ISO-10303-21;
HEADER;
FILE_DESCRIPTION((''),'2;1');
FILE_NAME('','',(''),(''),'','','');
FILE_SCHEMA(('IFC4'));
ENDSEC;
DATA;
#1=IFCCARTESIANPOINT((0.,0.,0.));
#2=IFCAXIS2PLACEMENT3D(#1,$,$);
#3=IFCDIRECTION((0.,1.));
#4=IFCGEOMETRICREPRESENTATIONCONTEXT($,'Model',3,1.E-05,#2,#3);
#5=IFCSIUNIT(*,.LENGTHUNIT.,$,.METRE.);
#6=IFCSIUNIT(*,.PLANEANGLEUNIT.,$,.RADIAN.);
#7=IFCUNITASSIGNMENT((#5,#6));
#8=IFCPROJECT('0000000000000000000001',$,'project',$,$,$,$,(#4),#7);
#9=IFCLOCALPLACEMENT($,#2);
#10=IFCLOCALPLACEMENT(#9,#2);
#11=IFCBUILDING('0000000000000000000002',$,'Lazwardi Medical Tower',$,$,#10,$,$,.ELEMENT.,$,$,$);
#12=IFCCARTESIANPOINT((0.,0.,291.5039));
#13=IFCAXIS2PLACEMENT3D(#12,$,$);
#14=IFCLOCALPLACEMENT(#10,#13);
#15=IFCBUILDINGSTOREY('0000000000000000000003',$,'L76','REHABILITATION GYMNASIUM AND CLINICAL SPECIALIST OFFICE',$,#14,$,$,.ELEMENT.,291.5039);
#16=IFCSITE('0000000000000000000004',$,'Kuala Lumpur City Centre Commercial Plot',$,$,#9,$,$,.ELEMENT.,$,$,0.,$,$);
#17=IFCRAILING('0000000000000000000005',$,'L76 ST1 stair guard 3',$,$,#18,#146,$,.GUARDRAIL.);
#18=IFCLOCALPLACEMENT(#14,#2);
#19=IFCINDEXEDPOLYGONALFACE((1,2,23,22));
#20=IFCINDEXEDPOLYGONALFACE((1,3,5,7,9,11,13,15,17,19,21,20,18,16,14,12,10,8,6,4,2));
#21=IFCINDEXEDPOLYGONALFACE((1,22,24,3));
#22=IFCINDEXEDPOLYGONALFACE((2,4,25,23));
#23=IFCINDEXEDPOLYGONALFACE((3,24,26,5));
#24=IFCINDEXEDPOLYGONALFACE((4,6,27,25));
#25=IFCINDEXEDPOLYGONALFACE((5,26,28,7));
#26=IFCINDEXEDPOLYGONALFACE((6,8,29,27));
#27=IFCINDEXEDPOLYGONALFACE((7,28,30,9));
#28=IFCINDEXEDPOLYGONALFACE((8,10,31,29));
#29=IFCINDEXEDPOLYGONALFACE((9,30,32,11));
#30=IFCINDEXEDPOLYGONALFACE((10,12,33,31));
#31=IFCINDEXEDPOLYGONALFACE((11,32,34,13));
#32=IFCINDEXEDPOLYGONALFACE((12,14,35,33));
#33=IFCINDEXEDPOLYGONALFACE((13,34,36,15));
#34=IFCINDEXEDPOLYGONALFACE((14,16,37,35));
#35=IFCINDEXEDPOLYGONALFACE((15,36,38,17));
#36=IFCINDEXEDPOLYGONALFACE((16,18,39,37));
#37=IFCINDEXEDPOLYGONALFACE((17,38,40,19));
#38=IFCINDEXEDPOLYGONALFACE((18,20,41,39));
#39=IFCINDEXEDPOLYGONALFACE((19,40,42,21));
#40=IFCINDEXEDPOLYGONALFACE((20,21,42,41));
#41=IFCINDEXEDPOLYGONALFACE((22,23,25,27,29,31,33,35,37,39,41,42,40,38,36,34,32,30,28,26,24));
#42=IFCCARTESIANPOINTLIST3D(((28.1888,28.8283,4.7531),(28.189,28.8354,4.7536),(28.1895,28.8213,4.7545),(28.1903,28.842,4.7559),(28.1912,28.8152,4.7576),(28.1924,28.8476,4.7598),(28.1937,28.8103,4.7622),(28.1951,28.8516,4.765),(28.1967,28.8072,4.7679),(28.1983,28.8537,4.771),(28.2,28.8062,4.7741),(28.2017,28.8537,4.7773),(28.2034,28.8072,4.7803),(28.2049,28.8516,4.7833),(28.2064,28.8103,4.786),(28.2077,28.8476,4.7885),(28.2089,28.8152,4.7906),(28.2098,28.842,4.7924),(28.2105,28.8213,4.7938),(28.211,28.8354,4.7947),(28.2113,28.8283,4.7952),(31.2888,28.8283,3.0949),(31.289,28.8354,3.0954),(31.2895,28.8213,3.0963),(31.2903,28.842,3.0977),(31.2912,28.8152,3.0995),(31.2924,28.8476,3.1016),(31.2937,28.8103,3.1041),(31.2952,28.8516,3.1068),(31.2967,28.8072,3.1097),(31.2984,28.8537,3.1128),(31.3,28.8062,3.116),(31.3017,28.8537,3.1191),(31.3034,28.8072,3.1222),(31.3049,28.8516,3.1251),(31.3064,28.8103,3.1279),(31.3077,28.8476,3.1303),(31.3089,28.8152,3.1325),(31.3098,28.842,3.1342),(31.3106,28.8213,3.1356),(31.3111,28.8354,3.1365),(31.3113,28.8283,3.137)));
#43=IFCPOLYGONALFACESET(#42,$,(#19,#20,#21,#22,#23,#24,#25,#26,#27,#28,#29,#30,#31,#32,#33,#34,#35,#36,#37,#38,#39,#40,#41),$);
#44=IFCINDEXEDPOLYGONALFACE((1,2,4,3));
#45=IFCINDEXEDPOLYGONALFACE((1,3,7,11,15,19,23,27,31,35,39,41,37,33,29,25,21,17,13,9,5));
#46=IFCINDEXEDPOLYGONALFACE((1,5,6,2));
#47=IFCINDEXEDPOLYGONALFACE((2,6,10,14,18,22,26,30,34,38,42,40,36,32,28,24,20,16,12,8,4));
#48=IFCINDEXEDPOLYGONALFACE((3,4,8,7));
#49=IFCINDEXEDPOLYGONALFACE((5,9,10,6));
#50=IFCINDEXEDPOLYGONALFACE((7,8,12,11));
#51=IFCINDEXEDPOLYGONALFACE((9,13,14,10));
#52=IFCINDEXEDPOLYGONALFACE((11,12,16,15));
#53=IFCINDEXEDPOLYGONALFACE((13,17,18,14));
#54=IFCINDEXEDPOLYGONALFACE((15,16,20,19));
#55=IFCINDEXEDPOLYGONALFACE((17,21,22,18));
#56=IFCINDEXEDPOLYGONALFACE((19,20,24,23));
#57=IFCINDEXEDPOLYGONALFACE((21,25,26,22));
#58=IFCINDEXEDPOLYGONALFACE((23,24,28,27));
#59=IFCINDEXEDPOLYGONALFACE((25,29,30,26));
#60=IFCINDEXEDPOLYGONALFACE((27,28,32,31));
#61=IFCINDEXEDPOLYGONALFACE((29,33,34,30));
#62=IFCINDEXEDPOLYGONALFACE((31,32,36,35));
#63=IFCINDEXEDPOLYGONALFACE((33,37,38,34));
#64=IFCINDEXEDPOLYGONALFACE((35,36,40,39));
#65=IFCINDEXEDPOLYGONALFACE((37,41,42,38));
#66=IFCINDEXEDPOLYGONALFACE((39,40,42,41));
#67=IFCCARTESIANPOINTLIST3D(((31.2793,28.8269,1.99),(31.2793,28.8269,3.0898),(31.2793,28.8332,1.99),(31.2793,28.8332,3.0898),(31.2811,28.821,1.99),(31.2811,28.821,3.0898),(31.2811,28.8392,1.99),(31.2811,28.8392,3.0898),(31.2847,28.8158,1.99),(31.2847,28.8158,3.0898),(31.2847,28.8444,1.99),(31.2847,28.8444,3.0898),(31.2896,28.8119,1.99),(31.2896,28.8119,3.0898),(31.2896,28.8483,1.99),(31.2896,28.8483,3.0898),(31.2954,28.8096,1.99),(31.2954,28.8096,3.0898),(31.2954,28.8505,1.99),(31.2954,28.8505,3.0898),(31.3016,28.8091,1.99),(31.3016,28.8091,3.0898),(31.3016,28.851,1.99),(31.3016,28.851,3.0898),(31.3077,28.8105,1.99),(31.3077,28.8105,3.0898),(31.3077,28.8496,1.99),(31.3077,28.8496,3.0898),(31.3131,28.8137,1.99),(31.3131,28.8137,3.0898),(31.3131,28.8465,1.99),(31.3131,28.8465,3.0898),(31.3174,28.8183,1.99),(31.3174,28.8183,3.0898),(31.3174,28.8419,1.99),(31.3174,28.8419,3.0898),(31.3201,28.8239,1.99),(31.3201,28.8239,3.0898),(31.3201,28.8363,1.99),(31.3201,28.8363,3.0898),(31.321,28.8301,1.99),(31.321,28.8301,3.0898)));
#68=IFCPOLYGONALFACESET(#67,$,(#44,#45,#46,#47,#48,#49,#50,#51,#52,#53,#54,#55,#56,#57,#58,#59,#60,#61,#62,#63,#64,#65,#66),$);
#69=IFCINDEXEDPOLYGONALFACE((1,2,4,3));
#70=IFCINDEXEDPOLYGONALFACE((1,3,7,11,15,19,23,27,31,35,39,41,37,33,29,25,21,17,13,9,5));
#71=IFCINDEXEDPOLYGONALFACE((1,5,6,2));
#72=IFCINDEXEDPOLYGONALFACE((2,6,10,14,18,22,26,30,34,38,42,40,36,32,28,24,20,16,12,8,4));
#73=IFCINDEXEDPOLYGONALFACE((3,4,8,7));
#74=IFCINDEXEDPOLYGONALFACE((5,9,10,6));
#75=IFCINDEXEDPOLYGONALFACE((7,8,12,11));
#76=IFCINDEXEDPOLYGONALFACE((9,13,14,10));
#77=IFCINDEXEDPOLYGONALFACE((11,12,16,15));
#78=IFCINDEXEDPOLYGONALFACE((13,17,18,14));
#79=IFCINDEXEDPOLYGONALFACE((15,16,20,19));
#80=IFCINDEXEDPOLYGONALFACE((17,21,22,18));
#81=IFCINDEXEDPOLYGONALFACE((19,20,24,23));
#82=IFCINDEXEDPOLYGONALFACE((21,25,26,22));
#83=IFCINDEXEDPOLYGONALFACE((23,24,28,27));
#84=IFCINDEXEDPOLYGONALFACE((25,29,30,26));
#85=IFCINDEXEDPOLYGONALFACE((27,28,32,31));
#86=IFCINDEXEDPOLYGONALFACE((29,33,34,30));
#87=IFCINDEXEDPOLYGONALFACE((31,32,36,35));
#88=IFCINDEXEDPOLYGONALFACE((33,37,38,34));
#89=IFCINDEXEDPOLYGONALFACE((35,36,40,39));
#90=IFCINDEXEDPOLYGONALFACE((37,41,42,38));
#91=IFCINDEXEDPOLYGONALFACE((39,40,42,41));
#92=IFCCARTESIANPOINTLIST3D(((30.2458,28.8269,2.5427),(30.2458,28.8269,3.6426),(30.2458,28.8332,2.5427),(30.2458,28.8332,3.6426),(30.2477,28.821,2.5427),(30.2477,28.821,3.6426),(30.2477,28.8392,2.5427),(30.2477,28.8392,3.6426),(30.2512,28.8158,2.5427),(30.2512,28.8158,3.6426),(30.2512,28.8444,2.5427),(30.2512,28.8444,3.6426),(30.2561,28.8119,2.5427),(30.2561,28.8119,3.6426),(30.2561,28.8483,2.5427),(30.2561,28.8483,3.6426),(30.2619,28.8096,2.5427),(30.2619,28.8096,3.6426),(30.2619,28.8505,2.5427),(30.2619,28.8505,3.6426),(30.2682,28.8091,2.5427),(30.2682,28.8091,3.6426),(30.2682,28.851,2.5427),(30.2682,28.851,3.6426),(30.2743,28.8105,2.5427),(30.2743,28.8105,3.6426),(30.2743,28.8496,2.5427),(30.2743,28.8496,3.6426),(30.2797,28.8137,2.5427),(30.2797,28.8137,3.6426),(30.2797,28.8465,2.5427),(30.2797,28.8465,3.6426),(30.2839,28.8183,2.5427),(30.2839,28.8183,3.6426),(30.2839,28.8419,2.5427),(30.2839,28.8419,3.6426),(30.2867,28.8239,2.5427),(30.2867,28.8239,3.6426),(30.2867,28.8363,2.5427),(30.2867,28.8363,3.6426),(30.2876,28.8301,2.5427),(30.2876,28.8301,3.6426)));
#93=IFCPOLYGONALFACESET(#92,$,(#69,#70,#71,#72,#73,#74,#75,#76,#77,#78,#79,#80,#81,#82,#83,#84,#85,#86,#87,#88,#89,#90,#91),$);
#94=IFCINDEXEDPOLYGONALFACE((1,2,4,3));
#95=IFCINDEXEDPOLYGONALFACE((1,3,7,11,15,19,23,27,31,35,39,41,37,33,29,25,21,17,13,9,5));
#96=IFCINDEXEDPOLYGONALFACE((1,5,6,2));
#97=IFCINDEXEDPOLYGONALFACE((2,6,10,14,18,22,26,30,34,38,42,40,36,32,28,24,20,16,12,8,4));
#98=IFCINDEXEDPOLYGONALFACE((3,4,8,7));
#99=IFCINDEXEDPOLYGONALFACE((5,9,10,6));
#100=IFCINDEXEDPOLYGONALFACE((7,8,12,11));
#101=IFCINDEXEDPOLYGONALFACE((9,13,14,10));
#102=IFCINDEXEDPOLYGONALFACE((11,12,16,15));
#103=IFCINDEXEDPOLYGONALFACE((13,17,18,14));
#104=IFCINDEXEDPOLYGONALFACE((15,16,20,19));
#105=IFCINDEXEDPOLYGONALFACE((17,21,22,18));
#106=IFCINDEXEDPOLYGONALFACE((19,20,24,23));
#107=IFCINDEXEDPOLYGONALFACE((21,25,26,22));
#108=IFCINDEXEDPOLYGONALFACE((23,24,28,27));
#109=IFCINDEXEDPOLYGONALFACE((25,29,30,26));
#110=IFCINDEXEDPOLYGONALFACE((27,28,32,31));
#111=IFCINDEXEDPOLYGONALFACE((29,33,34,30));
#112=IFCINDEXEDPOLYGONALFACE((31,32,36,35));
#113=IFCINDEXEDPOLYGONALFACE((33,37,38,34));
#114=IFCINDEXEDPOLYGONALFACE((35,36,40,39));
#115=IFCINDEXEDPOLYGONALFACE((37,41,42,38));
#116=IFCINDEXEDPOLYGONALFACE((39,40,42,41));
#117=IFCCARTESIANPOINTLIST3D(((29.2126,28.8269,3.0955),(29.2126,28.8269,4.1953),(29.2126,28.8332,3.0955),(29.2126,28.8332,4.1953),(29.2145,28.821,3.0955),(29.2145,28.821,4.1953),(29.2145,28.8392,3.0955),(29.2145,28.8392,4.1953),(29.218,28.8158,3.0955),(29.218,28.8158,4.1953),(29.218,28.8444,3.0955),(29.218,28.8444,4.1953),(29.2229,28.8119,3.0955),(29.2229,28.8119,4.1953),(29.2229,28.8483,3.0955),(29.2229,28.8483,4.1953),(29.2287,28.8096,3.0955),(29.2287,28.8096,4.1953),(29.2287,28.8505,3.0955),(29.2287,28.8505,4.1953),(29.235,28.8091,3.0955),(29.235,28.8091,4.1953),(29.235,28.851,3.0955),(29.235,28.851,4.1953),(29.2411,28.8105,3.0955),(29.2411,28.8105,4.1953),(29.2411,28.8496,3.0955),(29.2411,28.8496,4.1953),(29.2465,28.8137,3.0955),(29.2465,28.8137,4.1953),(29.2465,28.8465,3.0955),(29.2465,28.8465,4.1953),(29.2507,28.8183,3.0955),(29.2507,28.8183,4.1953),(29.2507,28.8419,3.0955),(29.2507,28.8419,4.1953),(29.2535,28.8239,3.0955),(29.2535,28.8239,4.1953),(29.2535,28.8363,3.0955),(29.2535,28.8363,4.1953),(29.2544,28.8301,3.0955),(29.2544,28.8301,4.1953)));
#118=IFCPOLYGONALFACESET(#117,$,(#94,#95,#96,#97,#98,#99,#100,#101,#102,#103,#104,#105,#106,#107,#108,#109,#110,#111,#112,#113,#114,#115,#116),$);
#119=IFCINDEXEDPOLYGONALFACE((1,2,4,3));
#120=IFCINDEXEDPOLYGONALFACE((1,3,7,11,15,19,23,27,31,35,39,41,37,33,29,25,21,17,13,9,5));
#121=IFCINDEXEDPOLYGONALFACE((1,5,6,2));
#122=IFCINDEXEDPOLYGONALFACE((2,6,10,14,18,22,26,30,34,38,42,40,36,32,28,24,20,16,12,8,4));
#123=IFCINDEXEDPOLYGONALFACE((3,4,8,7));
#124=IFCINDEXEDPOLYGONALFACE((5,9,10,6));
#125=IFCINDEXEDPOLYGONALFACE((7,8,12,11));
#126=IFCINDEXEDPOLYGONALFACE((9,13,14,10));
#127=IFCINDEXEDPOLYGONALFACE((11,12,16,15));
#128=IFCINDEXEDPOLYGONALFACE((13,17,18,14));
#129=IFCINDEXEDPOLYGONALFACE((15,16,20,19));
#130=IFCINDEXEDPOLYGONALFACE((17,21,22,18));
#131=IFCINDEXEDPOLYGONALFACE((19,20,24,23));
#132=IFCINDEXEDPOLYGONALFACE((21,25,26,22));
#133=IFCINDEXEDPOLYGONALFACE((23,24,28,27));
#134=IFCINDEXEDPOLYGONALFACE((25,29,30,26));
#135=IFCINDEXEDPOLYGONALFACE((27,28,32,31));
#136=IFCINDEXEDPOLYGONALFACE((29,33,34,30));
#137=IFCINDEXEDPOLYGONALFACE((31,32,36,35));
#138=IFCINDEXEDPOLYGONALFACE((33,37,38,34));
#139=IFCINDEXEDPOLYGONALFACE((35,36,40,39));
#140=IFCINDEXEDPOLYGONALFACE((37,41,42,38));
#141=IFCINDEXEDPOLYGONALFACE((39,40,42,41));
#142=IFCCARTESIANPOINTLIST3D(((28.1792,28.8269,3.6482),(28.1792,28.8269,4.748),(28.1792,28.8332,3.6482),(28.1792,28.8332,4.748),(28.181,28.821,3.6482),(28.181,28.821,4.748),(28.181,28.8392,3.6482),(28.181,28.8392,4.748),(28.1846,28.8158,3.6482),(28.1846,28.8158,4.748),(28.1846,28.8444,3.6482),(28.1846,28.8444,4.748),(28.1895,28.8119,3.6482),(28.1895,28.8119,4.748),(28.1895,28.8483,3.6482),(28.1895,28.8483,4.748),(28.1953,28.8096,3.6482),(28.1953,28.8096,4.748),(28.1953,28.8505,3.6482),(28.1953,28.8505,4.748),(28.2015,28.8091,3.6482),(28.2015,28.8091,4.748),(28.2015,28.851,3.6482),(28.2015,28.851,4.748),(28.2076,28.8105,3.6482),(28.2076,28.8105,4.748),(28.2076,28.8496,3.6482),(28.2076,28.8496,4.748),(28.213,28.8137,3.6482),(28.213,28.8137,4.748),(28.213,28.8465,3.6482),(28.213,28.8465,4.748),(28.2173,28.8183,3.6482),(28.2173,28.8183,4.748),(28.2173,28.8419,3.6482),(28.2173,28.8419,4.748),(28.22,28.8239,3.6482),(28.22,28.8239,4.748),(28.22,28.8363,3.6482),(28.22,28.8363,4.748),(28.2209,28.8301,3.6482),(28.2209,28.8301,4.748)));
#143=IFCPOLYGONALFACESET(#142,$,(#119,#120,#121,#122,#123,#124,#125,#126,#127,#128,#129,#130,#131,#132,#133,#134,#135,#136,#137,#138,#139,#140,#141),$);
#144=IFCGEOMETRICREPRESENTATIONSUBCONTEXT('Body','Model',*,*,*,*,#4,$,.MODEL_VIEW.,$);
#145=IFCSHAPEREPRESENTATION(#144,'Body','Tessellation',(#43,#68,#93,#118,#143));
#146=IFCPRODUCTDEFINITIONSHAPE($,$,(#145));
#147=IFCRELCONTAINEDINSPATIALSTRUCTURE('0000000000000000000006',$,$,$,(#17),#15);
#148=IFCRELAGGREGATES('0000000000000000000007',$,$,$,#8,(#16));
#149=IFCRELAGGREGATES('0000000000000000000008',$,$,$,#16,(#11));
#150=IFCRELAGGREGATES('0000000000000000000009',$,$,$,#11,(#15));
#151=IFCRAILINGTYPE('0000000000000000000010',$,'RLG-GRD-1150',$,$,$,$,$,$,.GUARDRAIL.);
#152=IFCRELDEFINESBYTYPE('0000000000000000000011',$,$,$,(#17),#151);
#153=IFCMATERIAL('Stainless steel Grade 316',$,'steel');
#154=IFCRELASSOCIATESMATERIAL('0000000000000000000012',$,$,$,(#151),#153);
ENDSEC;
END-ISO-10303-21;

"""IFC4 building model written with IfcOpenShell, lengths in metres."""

from ifc_helpers import new_model, si_unit, direction, frame, origin, origin_2d, place, context, subcontext, project, spatial, circle, extrude, material, type_object, element, save


model = new_model("IFC4")

# Units and contexts
model_context = context("Model", 3, precision=1e-05, world=origin(), true_north=direction((0.0, 1.0)))
body_context = subcontext(model_context, "Body", "Model", "MODEL_VIEW")
ifc_project = project(units=[si_unit("LENGTHUNIT", "METRE"), si_unit("PLANEANGLEUNIT", "RADIAN")], contexts=[model_context])

# Site, building, storey
site_placement = place(None, origin())
site = spatial("IfcSite", under=ifc_project, at=site_placement, Name="Kuala Lumpur City Centre Commercial Plot", CompositionType="ELEMENT", RefElevation=0.0)
building_placement = place(site_placement, origin())
building = spatial("IfcBuilding", under=site, at=building_placement, Name="Lazwardi Medical Tower", CompositionType="ELEMENT")
storey_placement = place(building_placement, frame((0.0, 0.0, 291.5039)))
storey = spatial("IfcBuildingStorey", under=building, at=storey_placement, Name="L76", Description="REHABILITATION GYMNASIUM AND CLINICAL SPECIALIST OFFICE", CompositionType="ELEMENT", Elevation=291.5039)

# Railing
ifc_material_1 = material(Name="Stainless steel Grade 316", Category="steel")
railing_type_1 = type_object("IfcRailingType", Name="RLG-GRD-1150", PredefinedType="GUARDRAIL", material=ifc_material_1)
railing_1_placement = place(storey_placement, frame((31.3, 28.8301, 1.99)))
element("IfcRailing", 1, at=railing_1_placement, inside=storey, type_object=railing_type_1, Name="L76 ST1 stair guard 3", PredefinedType="GUARDRAIL", context=body_context, shape_type="SweptSolid", body=[
    extrude(circle(Radius=0.0239, at=origin_2d()), frame((0.0, 0.0, 1.126), z_axis=(-0.881783, 0.0, 0.471655), x_axis=(0.0, -1.0, 0.0)), (0.0, 0.0, 1.0), 3.5156),
    extrude(circle(Radius=0.021, at=origin_2d()), origin(), (0.0, 0.0, 1.0), 1.0999),
    extrude(circle(Radius=0.021, at=origin_2d()), frame((-1.0334, 0.0, 0.5527)), (0.0, 0.0, 1.0), 1.0999),
    extrude(circle(Radius=0.021, at=origin_2d()), frame((-2.0667, 0.0, 1.1055)), (0.0, 0.0, 1.0), 1.0999),
    extrude(circle(Radius=0.021, at=origin_2d()), frame((-3.1001, 0.0, 1.6582)), (0.0, 0.0, 1.0), 1.0999),
])

save(model, "model.ifc")
